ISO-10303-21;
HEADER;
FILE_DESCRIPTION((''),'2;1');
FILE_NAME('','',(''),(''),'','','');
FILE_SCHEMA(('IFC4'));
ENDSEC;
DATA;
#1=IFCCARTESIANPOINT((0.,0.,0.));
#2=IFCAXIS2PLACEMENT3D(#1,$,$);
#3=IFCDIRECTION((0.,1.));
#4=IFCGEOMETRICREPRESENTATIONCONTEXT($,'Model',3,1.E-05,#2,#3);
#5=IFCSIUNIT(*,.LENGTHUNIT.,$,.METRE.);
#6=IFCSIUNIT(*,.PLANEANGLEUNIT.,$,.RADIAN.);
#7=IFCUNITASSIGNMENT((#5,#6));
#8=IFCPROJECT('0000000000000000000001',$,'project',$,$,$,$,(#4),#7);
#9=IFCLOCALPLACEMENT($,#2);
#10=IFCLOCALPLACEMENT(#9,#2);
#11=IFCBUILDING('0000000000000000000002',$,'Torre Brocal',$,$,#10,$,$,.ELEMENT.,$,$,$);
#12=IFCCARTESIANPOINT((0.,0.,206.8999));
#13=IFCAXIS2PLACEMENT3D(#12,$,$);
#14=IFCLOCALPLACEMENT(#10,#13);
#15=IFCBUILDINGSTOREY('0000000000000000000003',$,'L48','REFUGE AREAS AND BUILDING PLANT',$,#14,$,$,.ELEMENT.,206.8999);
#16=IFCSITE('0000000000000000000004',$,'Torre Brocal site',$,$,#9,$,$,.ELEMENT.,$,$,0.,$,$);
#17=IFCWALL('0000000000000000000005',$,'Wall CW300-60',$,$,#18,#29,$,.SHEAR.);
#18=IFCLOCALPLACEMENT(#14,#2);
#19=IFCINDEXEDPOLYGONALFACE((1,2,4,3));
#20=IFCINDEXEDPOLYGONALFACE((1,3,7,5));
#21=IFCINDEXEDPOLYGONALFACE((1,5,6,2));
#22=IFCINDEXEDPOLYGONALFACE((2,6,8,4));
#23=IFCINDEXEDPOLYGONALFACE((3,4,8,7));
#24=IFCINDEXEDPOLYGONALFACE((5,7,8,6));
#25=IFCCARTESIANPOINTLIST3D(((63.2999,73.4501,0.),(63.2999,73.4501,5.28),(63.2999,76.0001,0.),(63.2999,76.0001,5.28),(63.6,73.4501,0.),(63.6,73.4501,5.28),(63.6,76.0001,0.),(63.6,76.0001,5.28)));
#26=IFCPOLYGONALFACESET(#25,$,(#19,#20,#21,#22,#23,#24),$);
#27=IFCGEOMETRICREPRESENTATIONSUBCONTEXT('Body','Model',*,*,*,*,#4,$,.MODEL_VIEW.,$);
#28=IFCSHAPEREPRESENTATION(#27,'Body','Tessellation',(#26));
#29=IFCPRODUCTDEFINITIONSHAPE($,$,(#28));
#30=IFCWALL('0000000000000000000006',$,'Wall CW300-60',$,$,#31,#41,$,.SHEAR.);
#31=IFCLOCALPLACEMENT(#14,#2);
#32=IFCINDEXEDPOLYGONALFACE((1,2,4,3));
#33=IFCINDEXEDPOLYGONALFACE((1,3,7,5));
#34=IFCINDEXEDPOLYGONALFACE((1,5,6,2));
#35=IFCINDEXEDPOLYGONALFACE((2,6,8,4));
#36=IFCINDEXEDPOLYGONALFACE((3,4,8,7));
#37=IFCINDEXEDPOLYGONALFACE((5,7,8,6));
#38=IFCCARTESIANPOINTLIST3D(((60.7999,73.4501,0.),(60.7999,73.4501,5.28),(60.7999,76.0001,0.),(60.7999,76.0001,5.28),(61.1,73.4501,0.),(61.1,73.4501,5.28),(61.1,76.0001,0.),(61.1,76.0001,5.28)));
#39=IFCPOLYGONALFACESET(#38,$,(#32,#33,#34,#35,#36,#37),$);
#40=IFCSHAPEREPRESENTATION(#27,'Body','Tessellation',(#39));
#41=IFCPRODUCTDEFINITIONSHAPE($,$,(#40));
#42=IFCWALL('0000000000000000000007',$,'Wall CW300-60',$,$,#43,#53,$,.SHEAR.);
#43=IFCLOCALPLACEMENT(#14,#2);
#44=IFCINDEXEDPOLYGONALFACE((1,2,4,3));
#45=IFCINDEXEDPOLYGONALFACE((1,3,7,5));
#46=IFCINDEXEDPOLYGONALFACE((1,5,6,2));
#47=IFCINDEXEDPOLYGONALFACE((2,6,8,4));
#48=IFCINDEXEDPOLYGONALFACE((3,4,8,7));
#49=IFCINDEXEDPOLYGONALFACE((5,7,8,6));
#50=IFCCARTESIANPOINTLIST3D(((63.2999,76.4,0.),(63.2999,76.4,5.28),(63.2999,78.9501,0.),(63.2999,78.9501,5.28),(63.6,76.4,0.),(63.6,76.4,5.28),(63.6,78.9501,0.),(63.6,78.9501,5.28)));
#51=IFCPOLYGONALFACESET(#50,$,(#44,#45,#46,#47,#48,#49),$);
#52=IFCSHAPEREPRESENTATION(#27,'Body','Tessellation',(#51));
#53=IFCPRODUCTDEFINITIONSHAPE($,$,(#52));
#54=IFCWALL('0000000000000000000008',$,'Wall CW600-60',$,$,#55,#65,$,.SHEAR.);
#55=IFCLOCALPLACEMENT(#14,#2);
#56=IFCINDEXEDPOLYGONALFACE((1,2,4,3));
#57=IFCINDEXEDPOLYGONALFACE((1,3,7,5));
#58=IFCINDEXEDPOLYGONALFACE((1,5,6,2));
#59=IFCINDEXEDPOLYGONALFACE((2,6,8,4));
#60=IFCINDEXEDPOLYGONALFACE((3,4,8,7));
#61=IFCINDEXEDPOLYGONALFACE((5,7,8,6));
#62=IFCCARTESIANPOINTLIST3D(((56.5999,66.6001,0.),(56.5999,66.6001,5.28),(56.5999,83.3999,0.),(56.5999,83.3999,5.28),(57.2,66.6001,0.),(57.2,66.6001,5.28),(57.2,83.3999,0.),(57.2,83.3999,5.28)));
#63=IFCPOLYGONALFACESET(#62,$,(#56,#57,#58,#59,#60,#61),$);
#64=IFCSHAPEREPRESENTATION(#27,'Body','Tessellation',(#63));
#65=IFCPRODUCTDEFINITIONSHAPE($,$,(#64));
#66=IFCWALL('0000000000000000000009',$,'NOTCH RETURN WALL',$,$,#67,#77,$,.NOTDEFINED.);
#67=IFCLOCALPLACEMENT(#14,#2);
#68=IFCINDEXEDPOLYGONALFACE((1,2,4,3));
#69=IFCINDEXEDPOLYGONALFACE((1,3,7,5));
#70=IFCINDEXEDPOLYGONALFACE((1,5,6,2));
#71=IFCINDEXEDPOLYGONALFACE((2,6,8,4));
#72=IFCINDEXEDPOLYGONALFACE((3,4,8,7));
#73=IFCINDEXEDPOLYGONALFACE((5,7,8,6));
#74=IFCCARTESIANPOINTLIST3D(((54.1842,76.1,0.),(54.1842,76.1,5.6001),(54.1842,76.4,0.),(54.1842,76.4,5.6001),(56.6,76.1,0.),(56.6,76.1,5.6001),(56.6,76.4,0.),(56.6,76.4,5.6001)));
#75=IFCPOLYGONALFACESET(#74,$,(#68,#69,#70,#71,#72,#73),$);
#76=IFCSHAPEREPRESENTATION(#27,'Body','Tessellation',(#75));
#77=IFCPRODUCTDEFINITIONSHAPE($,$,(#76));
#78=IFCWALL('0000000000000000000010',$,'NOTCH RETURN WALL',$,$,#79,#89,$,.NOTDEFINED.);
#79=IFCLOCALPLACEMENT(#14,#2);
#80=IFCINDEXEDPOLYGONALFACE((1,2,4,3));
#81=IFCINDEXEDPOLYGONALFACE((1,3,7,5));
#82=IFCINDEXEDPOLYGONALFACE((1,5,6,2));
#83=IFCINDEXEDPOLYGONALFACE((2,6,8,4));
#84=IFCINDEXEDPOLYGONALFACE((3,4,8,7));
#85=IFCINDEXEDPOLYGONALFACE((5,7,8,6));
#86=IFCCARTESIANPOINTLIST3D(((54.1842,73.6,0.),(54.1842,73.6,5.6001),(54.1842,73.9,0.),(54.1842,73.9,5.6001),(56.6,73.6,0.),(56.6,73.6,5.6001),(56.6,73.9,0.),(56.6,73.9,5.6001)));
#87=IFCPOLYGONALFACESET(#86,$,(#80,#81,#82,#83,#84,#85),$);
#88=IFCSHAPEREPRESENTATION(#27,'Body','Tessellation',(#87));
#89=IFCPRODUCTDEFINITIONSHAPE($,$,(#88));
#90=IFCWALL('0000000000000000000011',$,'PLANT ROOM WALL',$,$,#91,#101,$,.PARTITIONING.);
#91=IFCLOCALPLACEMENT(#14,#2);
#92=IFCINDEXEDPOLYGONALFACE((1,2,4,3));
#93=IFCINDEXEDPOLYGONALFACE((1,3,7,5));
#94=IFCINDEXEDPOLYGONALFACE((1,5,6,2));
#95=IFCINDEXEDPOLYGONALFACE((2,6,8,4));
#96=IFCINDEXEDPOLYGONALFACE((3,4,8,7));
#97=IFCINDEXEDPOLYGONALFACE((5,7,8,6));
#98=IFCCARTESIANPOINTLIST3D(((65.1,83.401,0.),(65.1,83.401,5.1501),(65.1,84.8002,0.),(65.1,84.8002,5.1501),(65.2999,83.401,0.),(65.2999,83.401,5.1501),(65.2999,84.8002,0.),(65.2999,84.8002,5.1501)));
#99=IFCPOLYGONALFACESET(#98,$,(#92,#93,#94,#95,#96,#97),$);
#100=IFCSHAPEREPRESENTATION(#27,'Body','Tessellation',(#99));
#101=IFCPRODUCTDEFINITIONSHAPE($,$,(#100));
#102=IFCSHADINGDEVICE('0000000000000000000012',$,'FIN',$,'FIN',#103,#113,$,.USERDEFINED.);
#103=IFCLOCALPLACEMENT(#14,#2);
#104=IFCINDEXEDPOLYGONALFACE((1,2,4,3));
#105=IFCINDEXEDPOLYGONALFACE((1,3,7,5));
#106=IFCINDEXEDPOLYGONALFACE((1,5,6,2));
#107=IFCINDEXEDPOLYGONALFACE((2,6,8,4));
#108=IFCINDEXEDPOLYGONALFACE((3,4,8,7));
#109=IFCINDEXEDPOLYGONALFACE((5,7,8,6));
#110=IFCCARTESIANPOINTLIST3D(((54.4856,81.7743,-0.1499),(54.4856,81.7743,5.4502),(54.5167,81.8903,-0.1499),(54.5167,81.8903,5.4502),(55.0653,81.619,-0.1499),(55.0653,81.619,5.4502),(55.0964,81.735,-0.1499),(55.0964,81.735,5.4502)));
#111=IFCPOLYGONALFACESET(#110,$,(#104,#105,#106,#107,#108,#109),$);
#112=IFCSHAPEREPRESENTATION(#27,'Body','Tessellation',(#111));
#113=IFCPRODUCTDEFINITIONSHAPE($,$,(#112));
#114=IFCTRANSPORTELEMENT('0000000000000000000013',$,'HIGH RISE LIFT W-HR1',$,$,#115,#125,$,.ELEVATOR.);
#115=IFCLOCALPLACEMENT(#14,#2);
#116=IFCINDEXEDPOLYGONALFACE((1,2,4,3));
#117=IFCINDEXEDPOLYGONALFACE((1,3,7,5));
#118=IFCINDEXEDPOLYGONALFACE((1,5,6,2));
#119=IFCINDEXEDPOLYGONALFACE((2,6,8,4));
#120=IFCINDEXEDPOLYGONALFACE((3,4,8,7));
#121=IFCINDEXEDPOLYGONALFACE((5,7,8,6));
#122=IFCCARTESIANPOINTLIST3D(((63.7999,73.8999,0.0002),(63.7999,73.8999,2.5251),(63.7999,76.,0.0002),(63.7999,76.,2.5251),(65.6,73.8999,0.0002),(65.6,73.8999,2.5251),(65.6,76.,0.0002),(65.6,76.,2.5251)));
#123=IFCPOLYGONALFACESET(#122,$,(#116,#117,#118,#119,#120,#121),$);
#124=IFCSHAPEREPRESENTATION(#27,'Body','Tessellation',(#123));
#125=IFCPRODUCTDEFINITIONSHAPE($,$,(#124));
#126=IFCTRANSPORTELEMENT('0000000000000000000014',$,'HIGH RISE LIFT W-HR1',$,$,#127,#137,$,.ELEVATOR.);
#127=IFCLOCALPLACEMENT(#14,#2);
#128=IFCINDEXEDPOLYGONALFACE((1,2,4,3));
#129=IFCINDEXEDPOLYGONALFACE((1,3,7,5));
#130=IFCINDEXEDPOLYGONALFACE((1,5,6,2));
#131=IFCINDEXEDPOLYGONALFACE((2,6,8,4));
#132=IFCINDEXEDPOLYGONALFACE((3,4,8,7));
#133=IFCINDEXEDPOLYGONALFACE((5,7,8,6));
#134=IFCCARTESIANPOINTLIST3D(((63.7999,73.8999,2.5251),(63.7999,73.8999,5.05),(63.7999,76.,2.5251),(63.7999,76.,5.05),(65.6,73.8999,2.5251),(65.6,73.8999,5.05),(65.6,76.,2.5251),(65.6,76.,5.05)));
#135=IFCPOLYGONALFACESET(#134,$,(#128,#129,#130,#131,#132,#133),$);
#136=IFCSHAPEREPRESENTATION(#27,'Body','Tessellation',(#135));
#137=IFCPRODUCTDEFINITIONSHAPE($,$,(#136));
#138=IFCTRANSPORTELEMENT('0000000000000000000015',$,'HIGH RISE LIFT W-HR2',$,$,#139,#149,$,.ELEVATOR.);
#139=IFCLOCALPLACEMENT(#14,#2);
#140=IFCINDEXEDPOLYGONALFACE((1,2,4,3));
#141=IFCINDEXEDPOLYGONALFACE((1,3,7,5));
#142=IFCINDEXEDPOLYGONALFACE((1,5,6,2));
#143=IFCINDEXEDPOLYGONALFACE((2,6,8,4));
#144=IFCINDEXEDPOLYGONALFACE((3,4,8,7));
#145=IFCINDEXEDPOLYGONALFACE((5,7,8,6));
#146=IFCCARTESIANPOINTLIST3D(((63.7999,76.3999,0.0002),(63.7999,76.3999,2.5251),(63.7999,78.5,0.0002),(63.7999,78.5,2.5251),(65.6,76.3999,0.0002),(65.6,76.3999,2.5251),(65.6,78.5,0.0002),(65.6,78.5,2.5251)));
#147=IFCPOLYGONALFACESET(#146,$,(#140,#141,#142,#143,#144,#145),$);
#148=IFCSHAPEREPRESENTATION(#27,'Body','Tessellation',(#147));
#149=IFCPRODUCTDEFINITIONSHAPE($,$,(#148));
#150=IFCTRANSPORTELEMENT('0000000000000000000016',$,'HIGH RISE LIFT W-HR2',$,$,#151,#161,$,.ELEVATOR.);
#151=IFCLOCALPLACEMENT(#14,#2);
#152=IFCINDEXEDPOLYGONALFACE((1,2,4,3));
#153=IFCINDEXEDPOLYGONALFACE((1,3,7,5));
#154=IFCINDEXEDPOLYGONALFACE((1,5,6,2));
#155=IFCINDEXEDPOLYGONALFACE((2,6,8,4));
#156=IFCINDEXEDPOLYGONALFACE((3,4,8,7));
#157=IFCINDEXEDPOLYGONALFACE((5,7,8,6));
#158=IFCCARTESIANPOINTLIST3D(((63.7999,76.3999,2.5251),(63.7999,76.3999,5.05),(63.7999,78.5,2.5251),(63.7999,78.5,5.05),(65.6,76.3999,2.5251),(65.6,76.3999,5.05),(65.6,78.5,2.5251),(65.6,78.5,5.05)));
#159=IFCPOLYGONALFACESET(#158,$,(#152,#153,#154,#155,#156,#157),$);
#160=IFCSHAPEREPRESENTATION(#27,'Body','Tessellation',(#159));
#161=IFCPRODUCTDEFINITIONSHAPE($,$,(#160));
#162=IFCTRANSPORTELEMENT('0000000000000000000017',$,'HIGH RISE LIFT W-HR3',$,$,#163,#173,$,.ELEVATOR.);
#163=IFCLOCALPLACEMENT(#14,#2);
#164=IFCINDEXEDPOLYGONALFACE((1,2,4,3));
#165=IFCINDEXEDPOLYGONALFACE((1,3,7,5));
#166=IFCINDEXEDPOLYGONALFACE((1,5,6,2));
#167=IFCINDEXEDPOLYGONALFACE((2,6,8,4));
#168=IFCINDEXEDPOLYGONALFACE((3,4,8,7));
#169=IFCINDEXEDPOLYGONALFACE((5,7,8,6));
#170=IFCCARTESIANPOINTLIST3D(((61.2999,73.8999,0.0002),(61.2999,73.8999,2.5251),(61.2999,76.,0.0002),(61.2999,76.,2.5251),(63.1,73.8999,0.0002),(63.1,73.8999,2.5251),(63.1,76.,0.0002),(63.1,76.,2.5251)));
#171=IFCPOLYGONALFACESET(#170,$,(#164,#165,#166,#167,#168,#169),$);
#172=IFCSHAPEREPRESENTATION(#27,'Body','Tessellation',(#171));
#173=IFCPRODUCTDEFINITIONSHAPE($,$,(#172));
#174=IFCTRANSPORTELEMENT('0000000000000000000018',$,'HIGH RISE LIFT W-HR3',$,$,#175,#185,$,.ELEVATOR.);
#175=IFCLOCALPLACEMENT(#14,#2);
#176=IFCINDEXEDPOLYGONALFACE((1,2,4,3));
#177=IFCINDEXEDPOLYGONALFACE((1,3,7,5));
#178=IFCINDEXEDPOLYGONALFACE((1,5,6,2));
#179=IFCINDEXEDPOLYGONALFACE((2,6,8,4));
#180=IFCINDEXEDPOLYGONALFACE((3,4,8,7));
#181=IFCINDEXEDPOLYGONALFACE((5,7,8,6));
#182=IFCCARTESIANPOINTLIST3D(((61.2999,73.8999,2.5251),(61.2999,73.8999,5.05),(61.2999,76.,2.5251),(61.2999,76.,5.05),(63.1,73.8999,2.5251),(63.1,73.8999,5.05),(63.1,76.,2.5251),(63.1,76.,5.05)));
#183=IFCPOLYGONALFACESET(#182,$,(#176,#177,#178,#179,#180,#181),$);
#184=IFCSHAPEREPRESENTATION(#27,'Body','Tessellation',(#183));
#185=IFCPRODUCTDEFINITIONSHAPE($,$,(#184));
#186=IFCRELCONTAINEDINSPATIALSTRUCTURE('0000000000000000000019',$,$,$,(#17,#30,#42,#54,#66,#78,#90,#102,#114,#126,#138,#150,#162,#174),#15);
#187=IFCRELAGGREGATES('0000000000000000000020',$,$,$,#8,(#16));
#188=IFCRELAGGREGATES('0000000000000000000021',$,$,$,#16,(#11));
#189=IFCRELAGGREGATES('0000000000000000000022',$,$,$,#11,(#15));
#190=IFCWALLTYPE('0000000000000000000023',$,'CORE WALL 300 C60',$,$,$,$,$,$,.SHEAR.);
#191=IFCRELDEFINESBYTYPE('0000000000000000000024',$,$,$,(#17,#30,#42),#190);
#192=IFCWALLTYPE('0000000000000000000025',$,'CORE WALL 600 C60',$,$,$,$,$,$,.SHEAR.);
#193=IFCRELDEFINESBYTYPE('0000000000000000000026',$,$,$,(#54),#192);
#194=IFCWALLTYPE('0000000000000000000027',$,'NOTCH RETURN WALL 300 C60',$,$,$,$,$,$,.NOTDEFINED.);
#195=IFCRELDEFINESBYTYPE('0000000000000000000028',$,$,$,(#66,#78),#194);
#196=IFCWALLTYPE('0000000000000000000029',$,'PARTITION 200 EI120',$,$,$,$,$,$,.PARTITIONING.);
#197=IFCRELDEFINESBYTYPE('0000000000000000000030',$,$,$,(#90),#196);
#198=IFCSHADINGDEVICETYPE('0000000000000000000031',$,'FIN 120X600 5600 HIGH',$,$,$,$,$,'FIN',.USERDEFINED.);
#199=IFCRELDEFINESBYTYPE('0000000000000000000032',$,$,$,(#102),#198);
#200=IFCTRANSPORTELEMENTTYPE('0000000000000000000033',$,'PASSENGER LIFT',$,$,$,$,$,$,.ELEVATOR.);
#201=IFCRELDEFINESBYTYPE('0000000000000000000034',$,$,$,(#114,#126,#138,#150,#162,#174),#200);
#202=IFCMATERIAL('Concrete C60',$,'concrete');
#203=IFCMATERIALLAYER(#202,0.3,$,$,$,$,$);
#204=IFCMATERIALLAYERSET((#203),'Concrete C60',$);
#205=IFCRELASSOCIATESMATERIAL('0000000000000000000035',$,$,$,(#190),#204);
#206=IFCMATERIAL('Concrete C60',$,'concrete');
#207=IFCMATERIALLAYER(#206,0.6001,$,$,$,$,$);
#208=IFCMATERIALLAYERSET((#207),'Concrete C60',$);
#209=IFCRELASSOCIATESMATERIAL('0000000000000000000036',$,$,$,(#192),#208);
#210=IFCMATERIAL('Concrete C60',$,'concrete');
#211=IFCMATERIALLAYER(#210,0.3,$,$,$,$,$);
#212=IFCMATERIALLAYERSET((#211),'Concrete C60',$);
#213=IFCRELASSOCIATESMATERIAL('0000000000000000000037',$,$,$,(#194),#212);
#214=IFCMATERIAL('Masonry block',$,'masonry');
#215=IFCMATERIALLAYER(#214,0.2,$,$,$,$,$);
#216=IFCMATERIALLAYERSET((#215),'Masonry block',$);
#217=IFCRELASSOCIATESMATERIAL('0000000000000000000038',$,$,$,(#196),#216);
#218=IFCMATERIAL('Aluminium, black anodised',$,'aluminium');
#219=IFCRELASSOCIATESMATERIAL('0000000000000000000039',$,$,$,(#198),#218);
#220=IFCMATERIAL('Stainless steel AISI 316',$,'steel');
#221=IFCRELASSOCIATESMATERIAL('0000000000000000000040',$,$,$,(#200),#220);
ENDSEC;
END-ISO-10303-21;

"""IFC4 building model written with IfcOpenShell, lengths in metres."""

from ifc_helpers import new_model, si_unit, direction, frame, frame_2d, origin, origin_2d, place, context, subcontext, project, spatial, rectangle, extrude, material, layer, layer_set, material_profile, profile_set, type_object, element, save


model = new_model("IFC4")

# Units and contexts
model_context = context("Model", 3, precision=1e-05, world=origin(), true_north=direction((0.0, 1.0)))
body_context = subcontext(model_context, "Body", "Model", "MODEL_VIEW")
ifc_project = project(units=[si_unit("LENGTHUNIT", "METRE"), si_unit("PLANEANGLEUNIT", "RADIAN")], contexts=[model_context])

# Site, building, storey
site_placement = place(None, origin())
site = spatial("IfcSite", under=ifc_project, at=site_placement, Name="Torre Brocal site", CompositionType="ELEMENT", RefElevation=0.0)
building_placement = place(site_placement, origin())
building = spatial("IfcBuilding", under=site, at=building_placement, Name="Torre Brocal", CompositionType="ELEMENT")
storey_placement = place(building_placement, frame((0.0, 0.0, 206.8999)))
storey = spatial("IfcBuildingStorey", under=building, at=storey_placement, Name="L48", Description="REFUGE AREAS AND BUILDING PLANT", CompositionType="ELEMENT", Elevation=206.8999)

# Walls
ifc_material_1 = material(Name="Concrete C60", Category="concrete")
ifc_layer_1 = layer(ifc_material_1, 0.3)
ifc_layer_set_1 = layer_set([ifc_layer_1], Name="Concrete C60")
wall_type_1 = type_object("IfcWallType", Name="CORE WALL 300 C60", PredefinedType="SHEAR", material=ifc_layer_set_1)
for number, where, z_axis, x_axis, name in (
    (1, (63.45, 76.0, 0.0), (0.0, 0.0, 1.0), (0.0, -1.0, 0.0), "Wall CW300-60"),
    (2, (60.95, 76.0, 0.0), (0.0, 0.0, 1.0), (0.0, -1.0, 0.0), "Wall CW300-60"),
    (3, (63.45, 78.95, 0.0), (0.0, 0.0, 1.0), (0.0, -1.0, 0.0), "Wall CW300-60"),
):
    element("IfcWall", number, at=place(storey_placement, frame(where, z_axis=z_axis, x_axis=x_axis)), inside=storey, type_object=wall_type_1, Name=name, PredefinedType="SHEAR", context=body_context, shape_type="SweptSolid", body=[
        extrude(rectangle(XDim=2.55, YDim=0.3, at=frame_2d((1.2749, 0.0))), origin(), (0.0, 0.0, 1.0), 5.28),
    ])
ifc_material_2 = material(Name="Concrete C60", Category="concrete")
ifc_layer_2 = layer(ifc_material_2, 0.6001)
ifc_layer_set_2 = layer_set([ifc_layer_2], Name="Concrete C60")
wall_type_2 = type_object("IfcWallType", Name="CORE WALL 600 C60", PredefinedType="SHEAR", material=ifc_layer_set_2)
wall_1_placement = place(storey_placement, frame((56.8999, 83.3999, 0.0), z_axis=(0.0, 0.0, 1.0), x_axis=(0.0, -1.0, 0.0)))
element("IfcWall", 4, at=wall_1_placement, inside=storey, type_object=wall_type_2, Name="Wall CW600-60", PredefinedType="SHEAR", context=body_context, shape_type="SweptSolid", body=[
    extrude(rectangle(XDim=16.7998, YDim=0.6001, at=frame_2d((8.3999, 0.0))), origin(), (0.0, 0.0, 1.0), 5.28),
])
ifc_material_3 = material(Name="Concrete C60", Category="concrete")
ifc_layer_3 = layer(ifc_material_3, 0.3)
ifc_layer_set_3 = layer_set([ifc_layer_3], Name="Concrete C60")
wall_type_3 = type_object("IfcWallType", Name="NOTCH RETURN WALL 300 C60", PredefinedType="NOTDEFINED", material=ifc_layer_set_3)
for number, where, z_axis, x_axis, name in (
    (5, (56.6001, 76.25, 0.0), (0.0, 0.0, 1.0), (-1.0, 0.0, 0.0), "NOTCH RETURN WALL"),
    (6, (56.6001, 73.75, 0.0), (0.0, 0.0, 1.0), (-1.0, 0.0, 0.0), "NOTCH RETURN WALL"),
):
    element("IfcWall", number, at=place(storey_placement, frame(where, z_axis=z_axis, x_axis=x_axis)), inside=storey, type_object=wall_type_3, Name=name, PredefinedType="NOTDEFINED", context=body_context, shape_type="SweptSolid", body=[
        extrude(rectangle(XDim=2.4158, YDim=0.3, at=frame_2d((1.208, 0.0))), origin(), (0.0, 0.0, 1.0), 5.6001),
    ])
ifc_material_4 = material(Name="Masonry block", Category="masonry")
ifc_layer_4 = layer(ifc_material_4, 0.2)
ifc_layer_set_4 = layer_set([ifc_layer_4], Name="Masonry block")
wall_type_4 = type_object("IfcWallType", Name="PARTITION 200 EI120", PredefinedType="PARTITIONING", material=ifc_layer_set_4)
wall_2_placement = place(storey_placement, frame((65.2, 83.4009, 0.0), z_axis=(0.0, 0.0, 1.0), x_axis=(0.0, 1.0, 0.0)))
element("IfcWall", 7, at=wall_2_placement, inside=storey, type_object=wall_type_4, Name="PLANT ROOM WALL", PredefinedType="PARTITIONING", context=body_context, shape_type="SweptSolid", body=[
    extrude(rectangle(XDim=1.3992, YDim=0.2, at=frame_2d((0.6997, 0.0))), origin(), (0.0, 0.0, 1.0), 5.1501),
])

# Shading device
ifc_material_5 = material(Name="Aluminium, black anodised", Category="aluminium")
ifc_material_profile_1 = material_profile(ifc_material_5, rectangle(XDim=0.1201, YDim=0.6001, at=origin_2d()), Name="FIN 120X600 5600 HIGH")
ifc_profile_set_1 = profile_set([ifc_material_profile_1], Name="Aluminium, black anodised")
shading_device_type = type_object("IfcShadingDeviceType", Name="FIN 120X600 5600 HIGH", ElementType="FIN", PredefinedType="USERDEFINED", material=ifc_profile_set_1)
shading_device_placement = place(storey_placement, frame((54.791, 81.7546, -0.1499), z_axis=(0.0, 0.0, 1.0), x_axis=(-0.258819, -0.965926, 0.0)))
element("IfcShadingDevice", 8, at=shading_device_placement, inside=storey, type_object=shading_device_type, Name="FIN", ObjectType="FIN", PredefinedType="USERDEFINED", context=body_context, shape_type="SweptSolid", body=[
    extrude(rectangle(XDim=0.1201, YDim=0.6001, at=origin_2d()), origin(), (0.0, 0.0, 1.0), 5.6001),
])

# Transport elements
ifc_material_6 = material(Name="Stainless steel AISI 316", Category="steel")
transport_element_type = type_object("IfcTransportElementType", Name="PASSENGER LIFT", PredefinedType="ELEVATOR", material=ifc_material_6)
for number, where, z_axis, x_axis, name in (
    (9, (64.7, 74.95, 0.0002), (0.0, 0.0, 1.0), (1.0, 0.0, 0.0), "HIGH RISE LIFT W-HR1"),
    (10, (64.7, 74.95, 2.5251), (0.0, 0.0, 1.0), (1.0, 0.0, 0.0), "HIGH RISE LIFT W-HR1"),
    (11, (64.7, 77.45, 0.0002), (0.0, 0.0, 1.0), (1.0, 0.0, 0.0), "HIGH RISE LIFT W-HR2"),
    (12, (64.7, 77.45, 2.5251), (0.0, 0.0, 1.0), (1.0, 0.0, 0.0), "HIGH RISE LIFT W-HR2"),
    (13, (62.2, 74.95, 0.0002), (0.0, 0.0, 1.0), (1.0, 0.0, 0.0), "HIGH RISE LIFT W-HR3"),
    (14, (62.2, 74.95, 2.5251), (0.0, 0.0, 1.0), (1.0, 0.0, 0.0), "HIGH RISE LIFT W-HR3"),
):
    element("IfcTransportElement", number, at=place(storey_placement, frame(where, z_axis=z_axis, x_axis=x_axis)), inside=storey, type_object=transport_element_type, Name=name, PredefinedType="ELEVATOR", context=body_context, shape_type="SweptSolid", body=[
        extrude(rectangle(XDim=1.8, YDim=2.1001, at=origin_2d()), origin(), (0.0, 0.0, 1.0), 2.5249),
    ])

save(model, "model.ifc")
